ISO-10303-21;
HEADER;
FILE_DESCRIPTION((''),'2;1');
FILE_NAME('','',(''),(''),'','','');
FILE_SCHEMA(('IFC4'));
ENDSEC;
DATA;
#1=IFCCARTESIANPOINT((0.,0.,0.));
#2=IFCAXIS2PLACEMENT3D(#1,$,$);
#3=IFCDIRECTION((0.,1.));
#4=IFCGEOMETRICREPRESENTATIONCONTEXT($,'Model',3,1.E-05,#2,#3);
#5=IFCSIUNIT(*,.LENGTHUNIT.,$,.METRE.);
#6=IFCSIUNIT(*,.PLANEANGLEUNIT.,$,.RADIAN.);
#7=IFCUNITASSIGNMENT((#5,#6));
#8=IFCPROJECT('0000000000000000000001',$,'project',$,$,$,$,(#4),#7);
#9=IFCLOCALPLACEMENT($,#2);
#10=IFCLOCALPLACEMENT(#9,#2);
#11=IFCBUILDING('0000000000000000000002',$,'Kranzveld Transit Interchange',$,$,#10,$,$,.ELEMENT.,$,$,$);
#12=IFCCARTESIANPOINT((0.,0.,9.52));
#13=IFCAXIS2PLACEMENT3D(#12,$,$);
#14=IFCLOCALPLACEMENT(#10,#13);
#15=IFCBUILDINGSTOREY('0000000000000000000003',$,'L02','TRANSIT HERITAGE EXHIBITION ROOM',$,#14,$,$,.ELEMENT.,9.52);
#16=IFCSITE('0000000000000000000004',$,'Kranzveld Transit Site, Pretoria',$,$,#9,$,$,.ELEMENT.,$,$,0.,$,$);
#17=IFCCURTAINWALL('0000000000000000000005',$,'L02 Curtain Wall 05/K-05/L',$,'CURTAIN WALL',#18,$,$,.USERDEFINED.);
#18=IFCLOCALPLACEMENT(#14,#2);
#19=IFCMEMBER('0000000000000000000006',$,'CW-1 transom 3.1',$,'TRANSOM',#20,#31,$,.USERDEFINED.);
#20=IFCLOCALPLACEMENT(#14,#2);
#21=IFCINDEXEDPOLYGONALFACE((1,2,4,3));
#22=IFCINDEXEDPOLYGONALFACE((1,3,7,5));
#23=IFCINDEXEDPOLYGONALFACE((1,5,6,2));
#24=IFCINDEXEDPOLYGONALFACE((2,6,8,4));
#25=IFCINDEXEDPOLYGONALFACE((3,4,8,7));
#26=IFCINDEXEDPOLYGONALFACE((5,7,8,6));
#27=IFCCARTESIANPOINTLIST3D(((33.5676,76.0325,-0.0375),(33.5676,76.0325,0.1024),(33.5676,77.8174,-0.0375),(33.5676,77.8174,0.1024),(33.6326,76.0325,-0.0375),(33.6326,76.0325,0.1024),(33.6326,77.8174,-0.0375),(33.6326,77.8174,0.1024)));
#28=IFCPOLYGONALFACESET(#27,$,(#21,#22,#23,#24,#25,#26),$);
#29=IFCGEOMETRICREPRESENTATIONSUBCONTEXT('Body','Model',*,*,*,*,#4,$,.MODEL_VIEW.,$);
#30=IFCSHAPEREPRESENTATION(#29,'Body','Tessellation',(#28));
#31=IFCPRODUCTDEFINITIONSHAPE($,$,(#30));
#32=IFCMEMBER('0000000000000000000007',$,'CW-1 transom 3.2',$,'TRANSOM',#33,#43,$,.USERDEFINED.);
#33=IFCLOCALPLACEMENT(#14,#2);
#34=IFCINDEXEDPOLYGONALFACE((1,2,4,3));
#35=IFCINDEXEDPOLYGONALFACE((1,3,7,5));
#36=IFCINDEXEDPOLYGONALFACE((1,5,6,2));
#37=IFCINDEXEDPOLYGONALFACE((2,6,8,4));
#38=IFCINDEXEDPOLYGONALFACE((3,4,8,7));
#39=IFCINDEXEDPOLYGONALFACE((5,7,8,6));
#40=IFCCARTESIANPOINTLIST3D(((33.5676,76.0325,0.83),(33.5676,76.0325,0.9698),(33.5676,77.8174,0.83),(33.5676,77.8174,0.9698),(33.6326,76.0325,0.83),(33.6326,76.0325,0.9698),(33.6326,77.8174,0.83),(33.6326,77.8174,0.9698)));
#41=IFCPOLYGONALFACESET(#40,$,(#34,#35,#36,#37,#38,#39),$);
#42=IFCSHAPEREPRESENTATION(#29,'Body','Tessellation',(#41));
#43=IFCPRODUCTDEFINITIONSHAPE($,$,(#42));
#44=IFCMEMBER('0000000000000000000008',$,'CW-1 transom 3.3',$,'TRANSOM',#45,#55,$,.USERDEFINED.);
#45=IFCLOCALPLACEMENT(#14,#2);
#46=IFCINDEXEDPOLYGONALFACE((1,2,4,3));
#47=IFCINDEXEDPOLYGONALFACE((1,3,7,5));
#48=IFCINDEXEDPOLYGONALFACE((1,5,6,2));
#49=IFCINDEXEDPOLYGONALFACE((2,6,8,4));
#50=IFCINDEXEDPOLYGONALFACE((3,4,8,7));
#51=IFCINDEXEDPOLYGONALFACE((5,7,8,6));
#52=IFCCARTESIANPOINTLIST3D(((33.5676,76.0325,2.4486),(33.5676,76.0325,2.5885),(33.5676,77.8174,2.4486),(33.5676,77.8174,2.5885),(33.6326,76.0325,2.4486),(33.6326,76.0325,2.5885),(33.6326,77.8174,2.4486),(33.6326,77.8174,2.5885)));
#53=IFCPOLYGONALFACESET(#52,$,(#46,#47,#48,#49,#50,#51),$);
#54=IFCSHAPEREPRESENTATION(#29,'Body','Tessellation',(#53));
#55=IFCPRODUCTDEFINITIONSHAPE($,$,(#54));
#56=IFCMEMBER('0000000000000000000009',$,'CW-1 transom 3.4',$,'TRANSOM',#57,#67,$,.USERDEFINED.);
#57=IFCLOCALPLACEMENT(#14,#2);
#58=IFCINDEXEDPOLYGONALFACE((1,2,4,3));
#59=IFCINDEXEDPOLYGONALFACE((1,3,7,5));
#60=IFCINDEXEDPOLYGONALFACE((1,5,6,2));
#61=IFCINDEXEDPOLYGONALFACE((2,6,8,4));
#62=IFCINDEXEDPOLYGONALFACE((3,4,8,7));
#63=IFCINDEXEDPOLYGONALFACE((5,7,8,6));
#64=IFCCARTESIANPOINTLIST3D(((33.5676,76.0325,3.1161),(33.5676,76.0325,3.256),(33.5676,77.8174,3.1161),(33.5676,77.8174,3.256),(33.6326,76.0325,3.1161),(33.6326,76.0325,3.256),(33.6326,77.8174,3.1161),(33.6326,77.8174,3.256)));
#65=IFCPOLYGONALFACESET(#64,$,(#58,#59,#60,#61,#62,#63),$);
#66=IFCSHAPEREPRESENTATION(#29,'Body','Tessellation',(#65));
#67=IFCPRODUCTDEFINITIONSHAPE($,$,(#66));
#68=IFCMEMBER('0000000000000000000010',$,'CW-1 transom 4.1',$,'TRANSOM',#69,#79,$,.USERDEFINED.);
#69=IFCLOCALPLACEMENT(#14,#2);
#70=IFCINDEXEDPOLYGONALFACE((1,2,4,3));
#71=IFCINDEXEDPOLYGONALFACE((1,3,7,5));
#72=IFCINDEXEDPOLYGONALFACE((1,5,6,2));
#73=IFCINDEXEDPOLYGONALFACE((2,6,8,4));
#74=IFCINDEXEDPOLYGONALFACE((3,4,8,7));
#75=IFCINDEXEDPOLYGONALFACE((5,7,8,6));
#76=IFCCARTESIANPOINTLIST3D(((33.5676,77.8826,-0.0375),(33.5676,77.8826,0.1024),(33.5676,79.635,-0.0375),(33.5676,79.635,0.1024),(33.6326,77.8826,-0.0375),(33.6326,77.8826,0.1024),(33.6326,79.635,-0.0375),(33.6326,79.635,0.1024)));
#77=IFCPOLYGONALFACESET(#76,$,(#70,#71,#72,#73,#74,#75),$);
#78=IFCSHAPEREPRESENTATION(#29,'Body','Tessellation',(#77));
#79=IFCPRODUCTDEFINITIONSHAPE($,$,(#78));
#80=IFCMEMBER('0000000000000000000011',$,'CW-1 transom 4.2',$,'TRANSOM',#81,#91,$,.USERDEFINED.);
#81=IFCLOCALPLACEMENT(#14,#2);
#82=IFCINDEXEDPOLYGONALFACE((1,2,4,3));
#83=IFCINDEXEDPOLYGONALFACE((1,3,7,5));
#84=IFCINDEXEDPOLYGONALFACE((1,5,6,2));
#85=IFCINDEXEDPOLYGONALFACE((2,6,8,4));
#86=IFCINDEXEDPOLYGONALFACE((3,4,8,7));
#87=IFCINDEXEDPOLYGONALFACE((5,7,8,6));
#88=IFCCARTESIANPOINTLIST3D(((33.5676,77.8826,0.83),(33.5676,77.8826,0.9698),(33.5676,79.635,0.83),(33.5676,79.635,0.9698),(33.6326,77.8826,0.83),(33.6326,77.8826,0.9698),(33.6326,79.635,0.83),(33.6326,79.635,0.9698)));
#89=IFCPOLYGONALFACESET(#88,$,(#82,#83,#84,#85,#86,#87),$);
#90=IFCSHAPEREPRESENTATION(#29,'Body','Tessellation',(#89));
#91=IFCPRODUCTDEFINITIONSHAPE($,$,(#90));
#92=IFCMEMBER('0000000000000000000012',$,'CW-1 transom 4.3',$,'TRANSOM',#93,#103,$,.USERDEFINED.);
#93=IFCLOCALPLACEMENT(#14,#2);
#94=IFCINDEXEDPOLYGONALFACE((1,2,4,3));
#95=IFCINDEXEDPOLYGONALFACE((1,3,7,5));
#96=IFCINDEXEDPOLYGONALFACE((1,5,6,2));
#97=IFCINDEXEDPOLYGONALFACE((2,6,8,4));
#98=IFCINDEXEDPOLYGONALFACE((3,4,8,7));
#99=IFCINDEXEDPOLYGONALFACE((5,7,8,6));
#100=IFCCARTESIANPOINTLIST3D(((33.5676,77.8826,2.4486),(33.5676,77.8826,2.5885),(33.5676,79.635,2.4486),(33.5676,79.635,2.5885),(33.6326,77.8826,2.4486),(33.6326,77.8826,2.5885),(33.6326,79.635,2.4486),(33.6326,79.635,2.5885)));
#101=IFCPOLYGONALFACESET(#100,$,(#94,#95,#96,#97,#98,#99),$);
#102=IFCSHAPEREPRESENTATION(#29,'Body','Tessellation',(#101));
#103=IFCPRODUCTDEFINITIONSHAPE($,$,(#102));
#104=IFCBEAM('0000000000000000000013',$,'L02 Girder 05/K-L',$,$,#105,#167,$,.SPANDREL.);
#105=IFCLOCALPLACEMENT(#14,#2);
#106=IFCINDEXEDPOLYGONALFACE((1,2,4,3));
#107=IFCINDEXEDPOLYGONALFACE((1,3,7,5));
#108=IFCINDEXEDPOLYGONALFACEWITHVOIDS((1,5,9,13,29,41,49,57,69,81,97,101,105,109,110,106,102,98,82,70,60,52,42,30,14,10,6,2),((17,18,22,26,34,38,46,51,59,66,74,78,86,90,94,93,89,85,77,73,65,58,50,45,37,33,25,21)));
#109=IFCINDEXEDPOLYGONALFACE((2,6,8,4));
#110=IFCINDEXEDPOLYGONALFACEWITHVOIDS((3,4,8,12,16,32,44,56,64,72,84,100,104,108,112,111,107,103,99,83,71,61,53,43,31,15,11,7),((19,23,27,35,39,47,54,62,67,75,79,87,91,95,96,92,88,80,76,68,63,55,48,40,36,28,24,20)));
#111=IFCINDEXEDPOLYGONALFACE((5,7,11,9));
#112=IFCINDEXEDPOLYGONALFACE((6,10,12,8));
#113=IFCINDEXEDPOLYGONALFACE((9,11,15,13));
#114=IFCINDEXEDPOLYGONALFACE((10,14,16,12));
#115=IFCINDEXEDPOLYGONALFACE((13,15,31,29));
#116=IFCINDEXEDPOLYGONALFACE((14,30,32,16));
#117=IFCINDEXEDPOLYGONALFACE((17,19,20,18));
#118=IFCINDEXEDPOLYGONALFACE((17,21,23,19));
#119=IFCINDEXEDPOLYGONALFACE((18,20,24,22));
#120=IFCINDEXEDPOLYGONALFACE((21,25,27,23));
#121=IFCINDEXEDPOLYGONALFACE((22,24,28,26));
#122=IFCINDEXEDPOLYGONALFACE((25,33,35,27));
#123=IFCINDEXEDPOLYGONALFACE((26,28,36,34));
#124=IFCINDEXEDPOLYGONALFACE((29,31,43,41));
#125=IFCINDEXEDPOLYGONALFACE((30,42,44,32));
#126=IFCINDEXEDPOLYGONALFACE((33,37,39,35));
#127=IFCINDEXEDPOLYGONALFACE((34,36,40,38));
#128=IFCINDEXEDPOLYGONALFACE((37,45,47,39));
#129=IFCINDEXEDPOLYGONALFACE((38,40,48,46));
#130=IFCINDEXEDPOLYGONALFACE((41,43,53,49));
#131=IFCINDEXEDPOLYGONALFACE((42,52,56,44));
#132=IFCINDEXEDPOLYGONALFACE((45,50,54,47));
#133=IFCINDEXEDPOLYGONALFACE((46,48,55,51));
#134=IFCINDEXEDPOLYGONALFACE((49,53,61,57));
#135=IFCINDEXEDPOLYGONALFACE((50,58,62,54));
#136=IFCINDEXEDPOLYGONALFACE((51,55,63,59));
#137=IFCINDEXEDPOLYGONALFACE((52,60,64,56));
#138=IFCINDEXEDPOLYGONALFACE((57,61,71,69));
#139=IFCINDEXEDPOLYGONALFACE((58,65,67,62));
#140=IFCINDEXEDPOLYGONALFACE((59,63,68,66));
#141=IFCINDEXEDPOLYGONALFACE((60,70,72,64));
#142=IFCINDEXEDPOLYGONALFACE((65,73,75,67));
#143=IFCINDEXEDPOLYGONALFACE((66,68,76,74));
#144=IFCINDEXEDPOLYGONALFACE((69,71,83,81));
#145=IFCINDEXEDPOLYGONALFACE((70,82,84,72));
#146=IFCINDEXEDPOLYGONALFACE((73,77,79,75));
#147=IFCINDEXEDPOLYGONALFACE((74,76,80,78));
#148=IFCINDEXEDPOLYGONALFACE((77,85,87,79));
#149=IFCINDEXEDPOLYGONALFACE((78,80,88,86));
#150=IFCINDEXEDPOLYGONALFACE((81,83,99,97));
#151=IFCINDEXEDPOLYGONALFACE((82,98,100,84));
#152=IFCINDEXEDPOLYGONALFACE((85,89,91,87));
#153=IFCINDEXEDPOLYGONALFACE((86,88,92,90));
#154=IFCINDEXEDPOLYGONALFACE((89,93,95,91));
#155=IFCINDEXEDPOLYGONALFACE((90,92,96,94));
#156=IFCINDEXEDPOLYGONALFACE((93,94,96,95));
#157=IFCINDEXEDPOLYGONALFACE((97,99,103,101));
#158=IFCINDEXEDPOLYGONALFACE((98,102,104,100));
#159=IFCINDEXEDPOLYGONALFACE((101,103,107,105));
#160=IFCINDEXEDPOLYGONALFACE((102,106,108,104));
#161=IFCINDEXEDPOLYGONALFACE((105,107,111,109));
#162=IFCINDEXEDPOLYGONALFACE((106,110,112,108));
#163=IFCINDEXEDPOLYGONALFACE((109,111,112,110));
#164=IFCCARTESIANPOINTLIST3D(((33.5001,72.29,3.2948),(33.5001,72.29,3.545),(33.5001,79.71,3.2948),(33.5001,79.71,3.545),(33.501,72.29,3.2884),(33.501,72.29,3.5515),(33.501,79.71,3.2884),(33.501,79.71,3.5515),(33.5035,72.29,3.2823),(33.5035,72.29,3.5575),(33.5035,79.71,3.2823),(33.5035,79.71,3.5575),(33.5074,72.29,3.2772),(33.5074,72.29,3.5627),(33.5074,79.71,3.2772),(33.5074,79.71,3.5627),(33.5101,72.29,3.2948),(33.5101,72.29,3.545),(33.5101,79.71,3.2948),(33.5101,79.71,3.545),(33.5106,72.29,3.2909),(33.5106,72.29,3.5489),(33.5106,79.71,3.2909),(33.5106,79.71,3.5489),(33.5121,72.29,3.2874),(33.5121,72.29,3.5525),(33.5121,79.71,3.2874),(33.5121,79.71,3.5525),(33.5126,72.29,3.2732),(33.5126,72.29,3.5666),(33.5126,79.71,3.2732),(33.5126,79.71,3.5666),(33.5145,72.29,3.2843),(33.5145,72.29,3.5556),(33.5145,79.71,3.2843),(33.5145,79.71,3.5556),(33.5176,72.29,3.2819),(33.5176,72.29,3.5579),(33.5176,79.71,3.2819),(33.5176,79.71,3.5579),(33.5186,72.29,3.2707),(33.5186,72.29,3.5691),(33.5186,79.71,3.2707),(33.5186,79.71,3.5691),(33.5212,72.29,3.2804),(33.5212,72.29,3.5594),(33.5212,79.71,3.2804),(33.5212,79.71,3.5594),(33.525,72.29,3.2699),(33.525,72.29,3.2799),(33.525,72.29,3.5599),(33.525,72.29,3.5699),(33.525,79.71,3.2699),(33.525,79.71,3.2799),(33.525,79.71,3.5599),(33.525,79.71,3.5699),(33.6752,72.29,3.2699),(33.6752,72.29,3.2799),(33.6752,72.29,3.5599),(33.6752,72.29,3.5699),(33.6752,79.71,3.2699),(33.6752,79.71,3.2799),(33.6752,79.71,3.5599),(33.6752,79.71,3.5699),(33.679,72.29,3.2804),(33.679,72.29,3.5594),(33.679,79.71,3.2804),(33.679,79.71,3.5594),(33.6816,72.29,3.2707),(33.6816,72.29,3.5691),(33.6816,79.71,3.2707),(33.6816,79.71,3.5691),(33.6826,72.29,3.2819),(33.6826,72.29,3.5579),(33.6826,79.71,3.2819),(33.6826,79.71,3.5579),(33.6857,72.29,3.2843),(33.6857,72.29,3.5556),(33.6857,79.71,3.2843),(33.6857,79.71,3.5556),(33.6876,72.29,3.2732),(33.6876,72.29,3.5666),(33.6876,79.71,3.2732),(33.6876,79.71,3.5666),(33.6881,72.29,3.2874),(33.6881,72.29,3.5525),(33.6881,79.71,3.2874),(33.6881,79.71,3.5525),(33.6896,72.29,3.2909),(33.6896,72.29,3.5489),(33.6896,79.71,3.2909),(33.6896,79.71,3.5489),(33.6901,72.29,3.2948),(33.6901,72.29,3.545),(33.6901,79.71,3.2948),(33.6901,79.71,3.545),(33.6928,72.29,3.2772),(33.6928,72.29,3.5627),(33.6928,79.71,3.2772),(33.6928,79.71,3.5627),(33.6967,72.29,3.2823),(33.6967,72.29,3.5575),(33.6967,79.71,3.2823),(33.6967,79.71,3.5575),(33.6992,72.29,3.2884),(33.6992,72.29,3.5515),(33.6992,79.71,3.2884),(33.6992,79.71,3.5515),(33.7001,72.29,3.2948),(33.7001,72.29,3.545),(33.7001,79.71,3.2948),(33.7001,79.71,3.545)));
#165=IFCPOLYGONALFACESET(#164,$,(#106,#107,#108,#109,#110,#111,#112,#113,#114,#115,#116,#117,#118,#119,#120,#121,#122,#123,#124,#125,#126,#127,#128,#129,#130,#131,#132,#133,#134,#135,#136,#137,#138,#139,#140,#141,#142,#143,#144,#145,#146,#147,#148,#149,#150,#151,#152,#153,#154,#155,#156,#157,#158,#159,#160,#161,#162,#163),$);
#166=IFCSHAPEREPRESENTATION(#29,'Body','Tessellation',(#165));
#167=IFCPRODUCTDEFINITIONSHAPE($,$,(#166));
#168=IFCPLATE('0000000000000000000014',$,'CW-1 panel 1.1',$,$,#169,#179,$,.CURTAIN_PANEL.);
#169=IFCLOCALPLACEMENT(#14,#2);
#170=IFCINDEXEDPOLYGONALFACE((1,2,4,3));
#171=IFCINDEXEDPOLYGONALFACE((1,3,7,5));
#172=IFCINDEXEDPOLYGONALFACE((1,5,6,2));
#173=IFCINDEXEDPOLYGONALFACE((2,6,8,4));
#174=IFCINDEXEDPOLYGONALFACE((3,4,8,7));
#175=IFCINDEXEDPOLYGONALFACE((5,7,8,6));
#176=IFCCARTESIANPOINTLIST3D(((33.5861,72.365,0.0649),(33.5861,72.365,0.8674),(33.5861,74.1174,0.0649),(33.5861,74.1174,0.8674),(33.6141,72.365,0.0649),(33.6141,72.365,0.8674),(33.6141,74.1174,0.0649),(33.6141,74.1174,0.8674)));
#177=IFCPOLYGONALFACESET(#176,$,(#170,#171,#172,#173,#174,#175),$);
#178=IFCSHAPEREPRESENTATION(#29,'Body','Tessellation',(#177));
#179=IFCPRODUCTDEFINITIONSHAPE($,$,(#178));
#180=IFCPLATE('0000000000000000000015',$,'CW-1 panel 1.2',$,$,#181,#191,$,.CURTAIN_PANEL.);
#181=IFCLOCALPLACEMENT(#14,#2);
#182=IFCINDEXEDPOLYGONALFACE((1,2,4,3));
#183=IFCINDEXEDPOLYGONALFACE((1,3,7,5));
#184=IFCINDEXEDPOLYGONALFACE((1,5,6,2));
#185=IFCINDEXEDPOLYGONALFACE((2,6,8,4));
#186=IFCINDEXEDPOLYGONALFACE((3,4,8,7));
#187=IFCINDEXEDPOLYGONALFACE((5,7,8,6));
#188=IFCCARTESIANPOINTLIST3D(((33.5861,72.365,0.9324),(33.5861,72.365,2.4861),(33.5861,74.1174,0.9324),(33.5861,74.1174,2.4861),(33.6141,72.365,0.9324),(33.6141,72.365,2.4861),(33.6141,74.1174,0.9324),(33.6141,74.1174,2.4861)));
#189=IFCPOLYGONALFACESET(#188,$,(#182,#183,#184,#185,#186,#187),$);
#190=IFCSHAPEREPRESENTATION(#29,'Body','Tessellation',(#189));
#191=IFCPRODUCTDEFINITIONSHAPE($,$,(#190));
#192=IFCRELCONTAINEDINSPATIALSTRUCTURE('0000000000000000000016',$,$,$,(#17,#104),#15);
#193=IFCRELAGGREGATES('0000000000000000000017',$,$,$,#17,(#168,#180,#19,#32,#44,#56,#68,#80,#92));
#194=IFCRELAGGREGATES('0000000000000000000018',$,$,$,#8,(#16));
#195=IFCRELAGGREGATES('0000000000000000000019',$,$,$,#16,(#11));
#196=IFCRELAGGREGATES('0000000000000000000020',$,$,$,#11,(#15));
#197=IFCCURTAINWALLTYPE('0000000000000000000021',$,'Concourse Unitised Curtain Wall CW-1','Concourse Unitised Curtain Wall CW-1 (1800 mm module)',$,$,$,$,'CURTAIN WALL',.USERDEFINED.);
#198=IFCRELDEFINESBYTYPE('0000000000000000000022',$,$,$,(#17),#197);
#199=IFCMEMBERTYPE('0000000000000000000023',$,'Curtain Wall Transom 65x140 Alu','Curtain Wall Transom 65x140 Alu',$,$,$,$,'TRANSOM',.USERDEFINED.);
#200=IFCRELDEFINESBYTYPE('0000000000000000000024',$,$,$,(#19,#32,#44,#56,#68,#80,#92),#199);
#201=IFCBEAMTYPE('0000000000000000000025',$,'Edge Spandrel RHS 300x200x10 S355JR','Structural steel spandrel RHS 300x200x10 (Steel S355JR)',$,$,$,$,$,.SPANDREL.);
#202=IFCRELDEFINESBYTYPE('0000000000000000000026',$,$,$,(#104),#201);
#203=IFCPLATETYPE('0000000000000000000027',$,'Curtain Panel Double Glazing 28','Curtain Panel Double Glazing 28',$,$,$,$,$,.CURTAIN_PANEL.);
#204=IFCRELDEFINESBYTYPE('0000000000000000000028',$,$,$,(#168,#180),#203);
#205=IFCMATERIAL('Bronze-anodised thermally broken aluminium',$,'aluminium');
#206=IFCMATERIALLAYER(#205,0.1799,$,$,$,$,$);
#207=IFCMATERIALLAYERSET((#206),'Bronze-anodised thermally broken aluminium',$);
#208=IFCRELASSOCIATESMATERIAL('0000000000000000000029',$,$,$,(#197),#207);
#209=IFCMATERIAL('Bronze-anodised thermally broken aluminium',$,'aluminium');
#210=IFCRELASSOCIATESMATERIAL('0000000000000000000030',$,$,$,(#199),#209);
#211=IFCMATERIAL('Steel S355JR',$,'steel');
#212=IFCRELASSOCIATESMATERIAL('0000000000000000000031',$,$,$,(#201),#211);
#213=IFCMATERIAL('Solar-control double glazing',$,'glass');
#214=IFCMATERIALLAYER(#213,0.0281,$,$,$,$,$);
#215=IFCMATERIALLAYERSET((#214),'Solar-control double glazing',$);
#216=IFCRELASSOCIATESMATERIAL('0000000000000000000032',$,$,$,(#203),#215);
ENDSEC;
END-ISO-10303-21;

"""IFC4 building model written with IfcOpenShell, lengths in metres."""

from ifc_helpers import new_model, si_unit, direction, frame, origin, origin_2d, place, context, subcontext, project, spatial, rectangle, hollow_rectangle, extrude, material, layer, layer_set, material_profile, profile_set, type_object, element, aggregate, save


model = new_model("IFC4")

# Units and contexts
model_context = context("Model", 3, precision=1e-05, world=origin(), true_north=direction((0.0, 1.0)))
body_context = subcontext(model_context, "Body", "Model", "MODEL_VIEW")
ifc_project = project(units=[si_unit("LENGTHUNIT", "METRE"), si_unit("PLANEANGLEUNIT", "RADIAN")], contexts=[model_context])

# Site, building, storey
site_placement = place(None, origin())
site = spatial("IfcSite", under=ifc_project, at=site_placement, Name="Kranzveld Transit Site, Pretoria", CompositionType="ELEMENT", RefElevation=0.0)
building_placement = place(site_placement, origin())
building = spatial("IfcBuilding", under=site, at=building_placement, Name="Kranzveld Transit Interchange", CompositionType="ELEMENT")
storey_placement = place(building_placement, frame((0.0, 0.0, 9.52)))
storey = spatial("IfcBuildingStorey", under=building, at=storey_placement, Name="L02", Description="TRANSIT HERITAGE EXHIBITION ROOM", CompositionType="ELEMENT", Elevation=9.52)

# Curtain wall, members
ifc_material_1 = material(Name="Bronze-anodised thermally broken aluminium", Category="aluminium")
ifc_layer_1 = layer(ifc_material_1, 0.1799)
ifc_layer_set_1 = layer_set([ifc_layer_1], Name="Bronze-anodised thermally broken aluminium")
curtain_wall_type_1 = type_object("IfcCurtainWallType", Name="Concourse Unitised Curtain Wall CW-1", Description="Concourse Unitised Curtain Wall CW-1 (1800 mm module)", ElementType="CURTAIN WALL", PredefinedType="USERDEFINED", material=ifc_layer_set_1)
curtain_wall_1_placement = place(storey_placement, origin())
curtain_wall_1 = element("IfcCurtainWall", 1, at=curtain_wall_1_placement, inside=storey, type_object=curtain_wall_type_1, Name="L02 Curtain Wall 05/K-05/L", ObjectType="CURTAIN WALL", PredefinedType="USERDEFINED")
ifc_material_2 = material(Name="Bronze-anodised thermally broken aluminium", Category="aluminium")
ifc_material_profile_1 = material_profile(ifc_material_2, rectangle(XDim=0.0649, YDim=0.1399, at=origin_2d()), Name="ALU TRANSOM 65x140")
ifc_profile_set_1 = profile_set([ifc_material_profile_1], Name="Bronze-anodised thermally broken aluminium")
member_type_1 = type_object("IfcMemberType", Name="Curtain Wall Transom 65x140 Alu", Description="Curtain Wall Transom 65x140 Alu", ElementType="TRANSOM", PredefinedType="USERDEFINED", material=ifc_profile_set_1)
member_1_placement = place(storey_placement, frame((33.6001, 76.0325, 0.0325), z_axis=(0.0, 1.0, 0.0), x_axis=(-1.0, 0.0, 0.0)))
member_1 = element("IfcMember", 2, at=member_1_placement, type_object=member_type_1, Name="CW-1 transom 3.1", ObjectType="TRANSOM", PredefinedType="USERDEFINED", context=body_context, shape_type="SweptSolid", body=[
    extrude(rectangle(XDim=0.0649, YDim=0.1399, at=origin_2d()), origin(), (0.0, 0.0, 1.0), 1.7849),
])
member_2_placement = place(storey_placement, frame((33.6001, 76.0325, 0.8999), z_axis=(0.0, 1.0, 0.0), x_axis=(-1.0, 0.0, 0.0)))
member_2 = element("IfcMember", 3, at=member_2_placement, type_object=member_type_1, Name="CW-1 transom 3.2", ObjectType="TRANSOM", PredefinedType="USERDEFINED", context=body_context, shape_type="SweptSolid", body=[
    extrude(rectangle(XDim=0.0649, YDim=0.1399, at=origin_2d()), origin(), (0.0, 0.0, 1.0), 1.7849),
])
member_3_placement = place(storey_placement, frame((33.6001, 76.0325, 2.5186), z_axis=(0.0, 1.0, 0.0), x_axis=(-1.0, 0.0, 0.0)))
member_3 = element("IfcMember", 4, at=member_3_placement, type_object=member_type_1, Name="CW-1 transom 3.3", ObjectType="TRANSOM", PredefinedType="USERDEFINED", context=body_context, shape_type="SweptSolid", body=[
    extrude(rectangle(XDim=0.0649, YDim=0.1399, at=origin_2d()), origin(), (0.0, 0.0, 1.0), 1.7849),
])
member_4_placement = place(storey_placement, frame((33.6001, 76.0325, 3.186), z_axis=(0.0, 1.0, 0.0), x_axis=(-1.0, 0.0, 0.0)))
member_4 = element("IfcMember", 5, at=member_4_placement, type_object=member_type_1, Name="CW-1 transom 3.4", ObjectType="TRANSOM", PredefinedType="USERDEFINED", context=body_context, shape_type="SweptSolid", body=[
    extrude(rectangle(XDim=0.0649, YDim=0.1399, at=origin_2d()), origin(), (0.0, 0.0, 1.0), 1.7849),
])
member_5_placement = place(storey_placement, frame((33.6001, 77.8826, 0.0325), z_axis=(0.0, 1.0, 0.0), x_axis=(-1.0, 0.0, 0.0)))
member_5 = element("IfcMember", 6, at=member_5_placement, type_object=member_type_1, Name="CW-1 transom 4.1", ObjectType="TRANSOM", PredefinedType="USERDEFINED", context=body_context, shape_type="SweptSolid", body=[
    extrude(rectangle(XDim=0.0649, YDim=0.1399, at=origin_2d()), origin(), (0.0, 0.0, 1.0), 1.7524),
])
member_6_placement = place(storey_placement, frame((33.6001, 77.8826, 0.8999), z_axis=(0.0, 1.0, 0.0), x_axis=(-1.0, 0.0, 0.0)))
member_6 = element("IfcMember", 7, at=member_6_placement, type_object=member_type_1, Name="CW-1 transom 4.2", ObjectType="TRANSOM", PredefinedType="USERDEFINED", context=body_context, shape_type="SweptSolid", body=[
    extrude(rectangle(XDim=0.0649, YDim=0.1399, at=origin_2d()), origin(), (0.0, 0.0, 1.0), 1.7524),
])
member_7_placement = place(storey_placement, frame((33.6001, 77.8826, 2.5186), z_axis=(0.0, 1.0, 0.0), x_axis=(-1.0, 0.0, 0.0)))
member_7 = element("IfcMember", 8, at=member_7_placement, type_object=member_type_1, Name="CW-1 transom 4.3", ObjectType="TRANSOM", PredefinedType="USERDEFINED", context=body_context, shape_type="SweptSolid", body=[
    extrude(rectangle(XDim=0.0649, YDim=0.1399, at=origin_2d()), origin(), (0.0, 0.0, 1.0), 1.7524),
])

# Beam
ifc_material_3 = material(Name="Steel S355JR", Category="steel")
ifc_material_profile_2 = material_profile(ifc_material_3, hollow_rectangle(XDim=0.2, YDim=0.3, WallThickness=0.01, InnerFilletRadius=0.0149, OuterFilletRadius=0.0249, at=origin_2d()), Name="RHS 300x200x10")
ifc_profile_set_2 = profile_set([ifc_material_profile_2], Name="Steel S355JR")
beam_type = type_object("IfcBeamType", Name="Edge Spandrel RHS 300x200x10 S355JR", Description="Structural steel spandrel RHS 300x200x10 (Steel S355JR)", PredefinedType="SPANDREL", material=ifc_profile_set_2)
beam_placement = place(storey_placement, frame((33.6001, 72.29, 3.4199), z_axis=(0.0, 1.0, 0.0), x_axis=(-1.0, 0.0, 0.0)))
element("IfcBeam", 9, at=beam_placement, inside=storey, type_object=beam_type, Name="L02 Girder 05/K-L", PredefinedType="SPANDREL", context=body_context, shape_type="SweptSolid", body=[
    extrude(hollow_rectangle(XDim=0.2, YDim=0.3, WallThickness=0.01, InnerFilletRadius=0.0149, OuterFilletRadius=0.0249, at=origin_2d()), origin(), (0.0, 0.0, 1.0), 7.4199),
])

# Plates
ifc_material_4 = material(Name="Solar-control double glazing", Category="glass")
ifc_layer_2 = layer(ifc_material_4, 0.0281)
ifc_layer_set_2 = layer_set([ifc_layer_2], Name="Solar-control double glazing")
plate_type_1 = type_object("IfcPlateType", Name="Curtain Panel Double Glazing 28", Description="Curtain Panel Double Glazing 28", PredefinedType="CURTAIN_PANEL", material=ifc_layer_set_2)
plate_1_placement = place(storey_placement, frame((33.6001, 73.2412, 0.0649), z_axis=(0.0, 0.0, 1.0), x_axis=(0.0, 1.0, 0.0)))
plate_1 = element("IfcPlate", 10, at=plate_1_placement, type_object=plate_type_1, Name="CW-1 panel 1.1", PredefinedType="CURTAIN_PANEL", context=body_context, shape_type="SweptSolid", body=[
    extrude(rectangle(XDim=1.7524, YDim=0.0281, at=origin_2d()), origin(), (0.0, 0.0, 1.0), 0.8025),
])
plate_2_placement = place(storey_placement, frame((33.6001, 73.2412, 0.9324), z_axis=(0.0, 0.0, 1.0), x_axis=(0.0, 1.0, 0.0)))
plate_2 = element("IfcPlate", 11, at=plate_2_placement, type_object=plate_type_1, Name="CW-1 panel 1.2", PredefinedType="CURTAIN_PANEL", context=body_context, shape_type="SweptSolid", body=[
    extrude(rectangle(XDim=1.7524, YDim=0.0281, at=origin_2d()), origin(), (0.0, 0.0, 1.0), 1.5537),
])
aggregate(curtain_wall_1, [plate_1, plate_2, member_1, member_2, member_3, member_4, member_5, member_6, member_7])

save(model, "model.ifc")
